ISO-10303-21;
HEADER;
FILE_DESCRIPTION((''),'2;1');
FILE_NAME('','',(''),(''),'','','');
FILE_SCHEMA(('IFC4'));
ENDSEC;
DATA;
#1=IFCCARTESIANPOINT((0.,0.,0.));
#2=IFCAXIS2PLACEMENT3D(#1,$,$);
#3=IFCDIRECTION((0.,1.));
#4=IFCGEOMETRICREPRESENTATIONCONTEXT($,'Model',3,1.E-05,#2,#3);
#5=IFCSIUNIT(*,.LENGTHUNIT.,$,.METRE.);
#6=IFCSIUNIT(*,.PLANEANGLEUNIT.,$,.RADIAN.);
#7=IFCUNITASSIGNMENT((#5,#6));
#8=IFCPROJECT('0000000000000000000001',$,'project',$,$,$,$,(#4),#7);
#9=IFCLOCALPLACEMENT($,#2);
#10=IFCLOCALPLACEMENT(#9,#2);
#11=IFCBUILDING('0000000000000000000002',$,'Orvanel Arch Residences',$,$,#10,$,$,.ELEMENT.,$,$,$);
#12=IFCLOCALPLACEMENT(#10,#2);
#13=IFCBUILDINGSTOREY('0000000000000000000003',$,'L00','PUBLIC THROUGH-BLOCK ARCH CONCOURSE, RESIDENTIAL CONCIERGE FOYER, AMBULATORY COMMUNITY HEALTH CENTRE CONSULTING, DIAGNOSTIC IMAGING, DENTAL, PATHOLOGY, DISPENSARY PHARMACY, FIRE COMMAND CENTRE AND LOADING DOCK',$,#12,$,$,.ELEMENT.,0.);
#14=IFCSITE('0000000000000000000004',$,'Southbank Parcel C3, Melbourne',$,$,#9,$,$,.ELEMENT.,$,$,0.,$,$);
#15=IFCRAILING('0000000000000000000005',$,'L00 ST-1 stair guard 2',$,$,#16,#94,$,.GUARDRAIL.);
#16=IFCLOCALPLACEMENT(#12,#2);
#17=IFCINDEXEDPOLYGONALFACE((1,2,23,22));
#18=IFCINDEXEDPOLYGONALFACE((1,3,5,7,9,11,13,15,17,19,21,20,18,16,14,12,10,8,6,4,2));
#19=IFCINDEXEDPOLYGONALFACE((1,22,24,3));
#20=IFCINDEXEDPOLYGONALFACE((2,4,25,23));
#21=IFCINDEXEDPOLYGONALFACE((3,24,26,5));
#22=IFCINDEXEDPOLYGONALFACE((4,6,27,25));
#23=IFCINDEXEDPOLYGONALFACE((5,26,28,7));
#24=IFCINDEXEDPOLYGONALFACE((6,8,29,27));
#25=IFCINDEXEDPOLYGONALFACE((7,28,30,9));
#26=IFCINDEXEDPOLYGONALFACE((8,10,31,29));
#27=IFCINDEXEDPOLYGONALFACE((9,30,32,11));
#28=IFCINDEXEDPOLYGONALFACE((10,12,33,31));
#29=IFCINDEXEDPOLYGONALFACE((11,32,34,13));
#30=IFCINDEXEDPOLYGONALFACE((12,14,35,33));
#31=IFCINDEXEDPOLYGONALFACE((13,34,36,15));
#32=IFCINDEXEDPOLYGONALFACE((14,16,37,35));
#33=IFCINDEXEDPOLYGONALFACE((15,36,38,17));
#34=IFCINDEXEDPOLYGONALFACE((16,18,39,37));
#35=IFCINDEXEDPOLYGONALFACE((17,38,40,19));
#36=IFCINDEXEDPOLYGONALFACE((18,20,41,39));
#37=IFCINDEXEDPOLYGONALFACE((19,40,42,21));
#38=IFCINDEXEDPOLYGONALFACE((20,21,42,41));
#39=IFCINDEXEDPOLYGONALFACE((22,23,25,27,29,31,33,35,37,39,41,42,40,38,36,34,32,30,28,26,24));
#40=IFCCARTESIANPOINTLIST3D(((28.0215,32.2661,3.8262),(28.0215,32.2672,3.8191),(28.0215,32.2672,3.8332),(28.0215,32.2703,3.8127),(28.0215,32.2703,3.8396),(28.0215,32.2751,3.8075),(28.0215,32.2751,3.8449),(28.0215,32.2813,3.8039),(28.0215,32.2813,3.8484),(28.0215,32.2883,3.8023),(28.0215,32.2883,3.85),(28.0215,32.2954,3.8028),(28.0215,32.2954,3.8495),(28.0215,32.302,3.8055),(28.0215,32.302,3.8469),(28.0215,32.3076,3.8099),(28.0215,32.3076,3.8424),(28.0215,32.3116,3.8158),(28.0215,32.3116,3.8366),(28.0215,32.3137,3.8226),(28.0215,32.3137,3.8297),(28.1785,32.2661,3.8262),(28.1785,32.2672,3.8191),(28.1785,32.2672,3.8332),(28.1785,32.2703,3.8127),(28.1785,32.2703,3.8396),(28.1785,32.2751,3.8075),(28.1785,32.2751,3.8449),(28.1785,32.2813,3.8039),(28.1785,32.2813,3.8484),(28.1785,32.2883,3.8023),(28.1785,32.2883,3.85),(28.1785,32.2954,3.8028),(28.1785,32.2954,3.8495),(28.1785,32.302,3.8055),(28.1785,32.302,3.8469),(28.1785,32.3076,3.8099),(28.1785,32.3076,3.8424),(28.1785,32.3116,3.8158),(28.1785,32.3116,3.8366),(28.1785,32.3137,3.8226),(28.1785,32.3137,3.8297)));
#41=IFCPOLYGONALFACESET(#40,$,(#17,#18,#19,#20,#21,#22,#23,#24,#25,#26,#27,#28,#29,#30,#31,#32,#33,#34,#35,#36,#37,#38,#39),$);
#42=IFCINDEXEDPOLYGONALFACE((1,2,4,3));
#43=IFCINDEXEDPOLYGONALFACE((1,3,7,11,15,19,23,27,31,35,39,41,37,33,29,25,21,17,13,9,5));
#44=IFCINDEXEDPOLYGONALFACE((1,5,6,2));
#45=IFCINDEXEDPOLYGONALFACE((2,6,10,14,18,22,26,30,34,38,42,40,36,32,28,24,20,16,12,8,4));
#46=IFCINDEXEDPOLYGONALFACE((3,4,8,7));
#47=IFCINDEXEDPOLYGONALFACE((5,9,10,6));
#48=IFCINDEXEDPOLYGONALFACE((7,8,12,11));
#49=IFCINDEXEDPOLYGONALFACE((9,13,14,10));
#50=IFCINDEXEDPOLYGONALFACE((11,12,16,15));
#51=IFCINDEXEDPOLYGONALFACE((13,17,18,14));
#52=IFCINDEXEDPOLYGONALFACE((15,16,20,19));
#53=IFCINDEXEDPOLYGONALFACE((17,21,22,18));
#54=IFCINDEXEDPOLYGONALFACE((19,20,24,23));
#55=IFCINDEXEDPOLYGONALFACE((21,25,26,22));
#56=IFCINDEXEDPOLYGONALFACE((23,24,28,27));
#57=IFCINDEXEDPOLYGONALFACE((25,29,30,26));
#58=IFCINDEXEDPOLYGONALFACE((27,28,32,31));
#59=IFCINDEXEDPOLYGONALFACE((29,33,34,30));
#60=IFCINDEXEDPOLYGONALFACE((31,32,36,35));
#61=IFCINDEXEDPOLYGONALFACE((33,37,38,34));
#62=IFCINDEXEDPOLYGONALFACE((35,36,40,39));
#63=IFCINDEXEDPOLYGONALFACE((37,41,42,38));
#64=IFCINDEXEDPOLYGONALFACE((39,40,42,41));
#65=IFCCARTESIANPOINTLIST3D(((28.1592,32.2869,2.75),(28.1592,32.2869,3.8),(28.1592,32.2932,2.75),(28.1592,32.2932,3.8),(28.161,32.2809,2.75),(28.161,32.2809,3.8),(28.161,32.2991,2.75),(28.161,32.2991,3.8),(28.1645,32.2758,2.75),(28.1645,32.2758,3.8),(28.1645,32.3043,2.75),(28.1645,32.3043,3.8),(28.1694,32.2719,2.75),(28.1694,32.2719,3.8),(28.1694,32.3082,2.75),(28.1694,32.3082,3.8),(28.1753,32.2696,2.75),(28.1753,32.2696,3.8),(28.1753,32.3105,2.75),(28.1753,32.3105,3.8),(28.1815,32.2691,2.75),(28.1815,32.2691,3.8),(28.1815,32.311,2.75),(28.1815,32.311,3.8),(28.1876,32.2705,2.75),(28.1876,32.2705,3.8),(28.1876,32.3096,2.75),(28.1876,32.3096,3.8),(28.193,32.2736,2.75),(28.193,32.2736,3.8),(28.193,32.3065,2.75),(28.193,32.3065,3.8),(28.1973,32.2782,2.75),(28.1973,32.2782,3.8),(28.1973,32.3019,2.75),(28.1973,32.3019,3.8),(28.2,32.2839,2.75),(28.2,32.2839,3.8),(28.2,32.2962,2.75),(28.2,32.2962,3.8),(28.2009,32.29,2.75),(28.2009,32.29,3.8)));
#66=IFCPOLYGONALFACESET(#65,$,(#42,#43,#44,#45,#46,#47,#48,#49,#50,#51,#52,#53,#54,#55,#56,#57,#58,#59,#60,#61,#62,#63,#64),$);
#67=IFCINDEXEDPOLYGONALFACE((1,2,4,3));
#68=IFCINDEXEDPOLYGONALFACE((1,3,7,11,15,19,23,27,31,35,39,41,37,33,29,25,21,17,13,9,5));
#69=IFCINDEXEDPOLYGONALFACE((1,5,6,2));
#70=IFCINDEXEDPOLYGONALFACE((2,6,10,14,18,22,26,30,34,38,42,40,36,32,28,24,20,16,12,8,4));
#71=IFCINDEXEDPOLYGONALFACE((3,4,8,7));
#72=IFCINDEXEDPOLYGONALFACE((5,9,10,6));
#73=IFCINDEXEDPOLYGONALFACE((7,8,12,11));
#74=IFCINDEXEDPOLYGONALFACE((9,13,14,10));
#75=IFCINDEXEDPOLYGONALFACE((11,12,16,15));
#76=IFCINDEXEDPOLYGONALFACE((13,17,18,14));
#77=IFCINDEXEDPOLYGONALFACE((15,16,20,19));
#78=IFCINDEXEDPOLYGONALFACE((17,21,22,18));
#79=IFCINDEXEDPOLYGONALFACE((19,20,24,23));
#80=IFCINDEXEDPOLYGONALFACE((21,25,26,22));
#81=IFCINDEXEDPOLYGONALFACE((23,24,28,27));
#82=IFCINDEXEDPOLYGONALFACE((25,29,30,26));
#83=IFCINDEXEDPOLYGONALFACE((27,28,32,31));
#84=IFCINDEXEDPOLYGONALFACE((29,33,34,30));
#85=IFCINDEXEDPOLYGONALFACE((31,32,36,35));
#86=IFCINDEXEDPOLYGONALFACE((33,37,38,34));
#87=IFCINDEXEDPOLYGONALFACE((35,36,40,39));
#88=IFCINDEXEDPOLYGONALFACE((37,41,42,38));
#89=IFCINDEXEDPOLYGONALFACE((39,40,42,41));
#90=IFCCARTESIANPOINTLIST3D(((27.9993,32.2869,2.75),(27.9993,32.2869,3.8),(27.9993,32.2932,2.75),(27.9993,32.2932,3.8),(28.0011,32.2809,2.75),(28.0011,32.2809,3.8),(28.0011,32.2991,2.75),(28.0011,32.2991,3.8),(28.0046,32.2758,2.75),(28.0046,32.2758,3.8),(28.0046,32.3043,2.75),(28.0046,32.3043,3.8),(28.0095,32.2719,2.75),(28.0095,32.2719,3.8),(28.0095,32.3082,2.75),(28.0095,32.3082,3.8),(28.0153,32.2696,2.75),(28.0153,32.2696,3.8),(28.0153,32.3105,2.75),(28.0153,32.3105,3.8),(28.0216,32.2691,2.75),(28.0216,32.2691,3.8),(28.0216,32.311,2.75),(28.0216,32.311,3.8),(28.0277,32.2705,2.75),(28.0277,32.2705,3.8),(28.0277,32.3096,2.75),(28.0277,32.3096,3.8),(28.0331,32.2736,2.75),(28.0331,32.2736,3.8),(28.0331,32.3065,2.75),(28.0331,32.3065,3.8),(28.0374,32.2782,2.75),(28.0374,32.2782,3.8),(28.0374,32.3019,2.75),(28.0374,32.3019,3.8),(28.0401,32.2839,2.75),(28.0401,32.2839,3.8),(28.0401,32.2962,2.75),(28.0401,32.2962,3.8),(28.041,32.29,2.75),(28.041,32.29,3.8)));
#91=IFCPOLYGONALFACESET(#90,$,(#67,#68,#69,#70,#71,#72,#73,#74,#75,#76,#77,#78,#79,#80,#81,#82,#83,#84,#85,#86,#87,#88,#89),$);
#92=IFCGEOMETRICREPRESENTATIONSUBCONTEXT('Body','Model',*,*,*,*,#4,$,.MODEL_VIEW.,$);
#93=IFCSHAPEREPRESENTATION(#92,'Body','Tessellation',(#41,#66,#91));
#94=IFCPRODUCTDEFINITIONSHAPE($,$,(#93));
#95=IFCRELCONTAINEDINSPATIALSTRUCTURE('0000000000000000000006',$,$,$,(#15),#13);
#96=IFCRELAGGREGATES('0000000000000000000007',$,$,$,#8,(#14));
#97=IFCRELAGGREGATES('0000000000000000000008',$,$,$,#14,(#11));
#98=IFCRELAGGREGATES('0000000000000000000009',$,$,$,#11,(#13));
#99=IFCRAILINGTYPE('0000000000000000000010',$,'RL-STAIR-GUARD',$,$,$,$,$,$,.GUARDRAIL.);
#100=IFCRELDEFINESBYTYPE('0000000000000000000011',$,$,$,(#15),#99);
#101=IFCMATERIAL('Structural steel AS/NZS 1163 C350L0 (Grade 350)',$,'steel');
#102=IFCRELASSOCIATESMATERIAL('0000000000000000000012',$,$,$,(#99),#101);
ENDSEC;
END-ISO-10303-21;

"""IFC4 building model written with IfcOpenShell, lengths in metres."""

from ifc_helpers import new_model, si_unit, direction, frame, origin, origin_2d, place, context, subcontext, project, spatial, circle, extrude, material, type_object, element, save


model = new_model("IFC4")

# Units and contexts
model_context = context("Model", 3, precision=1e-05, world=origin(), true_north=direction((0.0, 1.0)))
body_context = subcontext(model_context, "Body", "Model", "MODEL_VIEW")
ifc_project = project(units=[si_unit("LENGTHUNIT", "METRE"), si_unit("PLANEANGLEUNIT", "RADIAN")], contexts=[model_context])

# Site, building, storey
site_placement = place(None, origin())
site = spatial("IfcSite", under=ifc_project, at=site_placement, Name="Southbank Parcel C3, Melbourne", CompositionType="ELEMENT", RefElevation=0.0)
building_placement = place(site_placement, origin())
building = spatial("IfcBuilding", under=site, at=building_placement, Name="Orvanel Arch Residences", CompositionType="ELEMENT")
storey_placement = place(building_placement, origin())
storey = spatial("IfcBuildingStorey", under=building, at=storey_placement, Name="L00", Description="PUBLIC THROUGH-BLOCK ARCH CONCOURSE, RESIDENTIAL CONCIERGE FOYER, AMBULATORY COMMUNITY HEALTH CENTRE CONSULTING, DIAGNOSTIC IMAGING, DENTAL, PATHOLOGY, DISPENSARY PHARMACY, FIRE COMMAND CENTRE AND LOADING DOCK", CompositionType="ELEMENT", Elevation=0.0)

# Railing
ifc_material_1 = material(Name="Structural steel AS/NZS 1163 C350L0 (Grade 350)", Category="steel")
railing_type_1 = type_object("IfcRailingType", Name="RL-STAIR-GUARD", PredefinedType="GUARDRAIL", material=ifc_material_1)
railing_1_placement = place(storey_placement, frame((28.1799, 32.29, 2.75)))
element("IfcRailing", 1, at=railing_1_placement, inside=storey, type_object=railing_type_1, Name="L00 ST-1 stair guard 2", PredefinedType="GUARDRAIL", context=body_context, shape_type="SweptSolid", body=[
    extrude(circle(Radius=0.0239, at=origin_2d()), frame((-0.0015, 0.0, 1.0762), z_axis=(-1.0, 0.0, 0.0), x_axis=(0.0, -1.0, 0.0)), (0.0, 0.0, 1.0), 0.157),
    extrude(circle(Radius=0.021, at=origin_2d()), origin(), (0.0, 0.0, 1.0), 1.05),
    extrude(circle(Radius=0.021, at=origin_2d()), frame((-0.1599, 0.0, 0.0)), (0.0, 0.0, 1.0), 1.05),
])

save(model, "model.ifc")
